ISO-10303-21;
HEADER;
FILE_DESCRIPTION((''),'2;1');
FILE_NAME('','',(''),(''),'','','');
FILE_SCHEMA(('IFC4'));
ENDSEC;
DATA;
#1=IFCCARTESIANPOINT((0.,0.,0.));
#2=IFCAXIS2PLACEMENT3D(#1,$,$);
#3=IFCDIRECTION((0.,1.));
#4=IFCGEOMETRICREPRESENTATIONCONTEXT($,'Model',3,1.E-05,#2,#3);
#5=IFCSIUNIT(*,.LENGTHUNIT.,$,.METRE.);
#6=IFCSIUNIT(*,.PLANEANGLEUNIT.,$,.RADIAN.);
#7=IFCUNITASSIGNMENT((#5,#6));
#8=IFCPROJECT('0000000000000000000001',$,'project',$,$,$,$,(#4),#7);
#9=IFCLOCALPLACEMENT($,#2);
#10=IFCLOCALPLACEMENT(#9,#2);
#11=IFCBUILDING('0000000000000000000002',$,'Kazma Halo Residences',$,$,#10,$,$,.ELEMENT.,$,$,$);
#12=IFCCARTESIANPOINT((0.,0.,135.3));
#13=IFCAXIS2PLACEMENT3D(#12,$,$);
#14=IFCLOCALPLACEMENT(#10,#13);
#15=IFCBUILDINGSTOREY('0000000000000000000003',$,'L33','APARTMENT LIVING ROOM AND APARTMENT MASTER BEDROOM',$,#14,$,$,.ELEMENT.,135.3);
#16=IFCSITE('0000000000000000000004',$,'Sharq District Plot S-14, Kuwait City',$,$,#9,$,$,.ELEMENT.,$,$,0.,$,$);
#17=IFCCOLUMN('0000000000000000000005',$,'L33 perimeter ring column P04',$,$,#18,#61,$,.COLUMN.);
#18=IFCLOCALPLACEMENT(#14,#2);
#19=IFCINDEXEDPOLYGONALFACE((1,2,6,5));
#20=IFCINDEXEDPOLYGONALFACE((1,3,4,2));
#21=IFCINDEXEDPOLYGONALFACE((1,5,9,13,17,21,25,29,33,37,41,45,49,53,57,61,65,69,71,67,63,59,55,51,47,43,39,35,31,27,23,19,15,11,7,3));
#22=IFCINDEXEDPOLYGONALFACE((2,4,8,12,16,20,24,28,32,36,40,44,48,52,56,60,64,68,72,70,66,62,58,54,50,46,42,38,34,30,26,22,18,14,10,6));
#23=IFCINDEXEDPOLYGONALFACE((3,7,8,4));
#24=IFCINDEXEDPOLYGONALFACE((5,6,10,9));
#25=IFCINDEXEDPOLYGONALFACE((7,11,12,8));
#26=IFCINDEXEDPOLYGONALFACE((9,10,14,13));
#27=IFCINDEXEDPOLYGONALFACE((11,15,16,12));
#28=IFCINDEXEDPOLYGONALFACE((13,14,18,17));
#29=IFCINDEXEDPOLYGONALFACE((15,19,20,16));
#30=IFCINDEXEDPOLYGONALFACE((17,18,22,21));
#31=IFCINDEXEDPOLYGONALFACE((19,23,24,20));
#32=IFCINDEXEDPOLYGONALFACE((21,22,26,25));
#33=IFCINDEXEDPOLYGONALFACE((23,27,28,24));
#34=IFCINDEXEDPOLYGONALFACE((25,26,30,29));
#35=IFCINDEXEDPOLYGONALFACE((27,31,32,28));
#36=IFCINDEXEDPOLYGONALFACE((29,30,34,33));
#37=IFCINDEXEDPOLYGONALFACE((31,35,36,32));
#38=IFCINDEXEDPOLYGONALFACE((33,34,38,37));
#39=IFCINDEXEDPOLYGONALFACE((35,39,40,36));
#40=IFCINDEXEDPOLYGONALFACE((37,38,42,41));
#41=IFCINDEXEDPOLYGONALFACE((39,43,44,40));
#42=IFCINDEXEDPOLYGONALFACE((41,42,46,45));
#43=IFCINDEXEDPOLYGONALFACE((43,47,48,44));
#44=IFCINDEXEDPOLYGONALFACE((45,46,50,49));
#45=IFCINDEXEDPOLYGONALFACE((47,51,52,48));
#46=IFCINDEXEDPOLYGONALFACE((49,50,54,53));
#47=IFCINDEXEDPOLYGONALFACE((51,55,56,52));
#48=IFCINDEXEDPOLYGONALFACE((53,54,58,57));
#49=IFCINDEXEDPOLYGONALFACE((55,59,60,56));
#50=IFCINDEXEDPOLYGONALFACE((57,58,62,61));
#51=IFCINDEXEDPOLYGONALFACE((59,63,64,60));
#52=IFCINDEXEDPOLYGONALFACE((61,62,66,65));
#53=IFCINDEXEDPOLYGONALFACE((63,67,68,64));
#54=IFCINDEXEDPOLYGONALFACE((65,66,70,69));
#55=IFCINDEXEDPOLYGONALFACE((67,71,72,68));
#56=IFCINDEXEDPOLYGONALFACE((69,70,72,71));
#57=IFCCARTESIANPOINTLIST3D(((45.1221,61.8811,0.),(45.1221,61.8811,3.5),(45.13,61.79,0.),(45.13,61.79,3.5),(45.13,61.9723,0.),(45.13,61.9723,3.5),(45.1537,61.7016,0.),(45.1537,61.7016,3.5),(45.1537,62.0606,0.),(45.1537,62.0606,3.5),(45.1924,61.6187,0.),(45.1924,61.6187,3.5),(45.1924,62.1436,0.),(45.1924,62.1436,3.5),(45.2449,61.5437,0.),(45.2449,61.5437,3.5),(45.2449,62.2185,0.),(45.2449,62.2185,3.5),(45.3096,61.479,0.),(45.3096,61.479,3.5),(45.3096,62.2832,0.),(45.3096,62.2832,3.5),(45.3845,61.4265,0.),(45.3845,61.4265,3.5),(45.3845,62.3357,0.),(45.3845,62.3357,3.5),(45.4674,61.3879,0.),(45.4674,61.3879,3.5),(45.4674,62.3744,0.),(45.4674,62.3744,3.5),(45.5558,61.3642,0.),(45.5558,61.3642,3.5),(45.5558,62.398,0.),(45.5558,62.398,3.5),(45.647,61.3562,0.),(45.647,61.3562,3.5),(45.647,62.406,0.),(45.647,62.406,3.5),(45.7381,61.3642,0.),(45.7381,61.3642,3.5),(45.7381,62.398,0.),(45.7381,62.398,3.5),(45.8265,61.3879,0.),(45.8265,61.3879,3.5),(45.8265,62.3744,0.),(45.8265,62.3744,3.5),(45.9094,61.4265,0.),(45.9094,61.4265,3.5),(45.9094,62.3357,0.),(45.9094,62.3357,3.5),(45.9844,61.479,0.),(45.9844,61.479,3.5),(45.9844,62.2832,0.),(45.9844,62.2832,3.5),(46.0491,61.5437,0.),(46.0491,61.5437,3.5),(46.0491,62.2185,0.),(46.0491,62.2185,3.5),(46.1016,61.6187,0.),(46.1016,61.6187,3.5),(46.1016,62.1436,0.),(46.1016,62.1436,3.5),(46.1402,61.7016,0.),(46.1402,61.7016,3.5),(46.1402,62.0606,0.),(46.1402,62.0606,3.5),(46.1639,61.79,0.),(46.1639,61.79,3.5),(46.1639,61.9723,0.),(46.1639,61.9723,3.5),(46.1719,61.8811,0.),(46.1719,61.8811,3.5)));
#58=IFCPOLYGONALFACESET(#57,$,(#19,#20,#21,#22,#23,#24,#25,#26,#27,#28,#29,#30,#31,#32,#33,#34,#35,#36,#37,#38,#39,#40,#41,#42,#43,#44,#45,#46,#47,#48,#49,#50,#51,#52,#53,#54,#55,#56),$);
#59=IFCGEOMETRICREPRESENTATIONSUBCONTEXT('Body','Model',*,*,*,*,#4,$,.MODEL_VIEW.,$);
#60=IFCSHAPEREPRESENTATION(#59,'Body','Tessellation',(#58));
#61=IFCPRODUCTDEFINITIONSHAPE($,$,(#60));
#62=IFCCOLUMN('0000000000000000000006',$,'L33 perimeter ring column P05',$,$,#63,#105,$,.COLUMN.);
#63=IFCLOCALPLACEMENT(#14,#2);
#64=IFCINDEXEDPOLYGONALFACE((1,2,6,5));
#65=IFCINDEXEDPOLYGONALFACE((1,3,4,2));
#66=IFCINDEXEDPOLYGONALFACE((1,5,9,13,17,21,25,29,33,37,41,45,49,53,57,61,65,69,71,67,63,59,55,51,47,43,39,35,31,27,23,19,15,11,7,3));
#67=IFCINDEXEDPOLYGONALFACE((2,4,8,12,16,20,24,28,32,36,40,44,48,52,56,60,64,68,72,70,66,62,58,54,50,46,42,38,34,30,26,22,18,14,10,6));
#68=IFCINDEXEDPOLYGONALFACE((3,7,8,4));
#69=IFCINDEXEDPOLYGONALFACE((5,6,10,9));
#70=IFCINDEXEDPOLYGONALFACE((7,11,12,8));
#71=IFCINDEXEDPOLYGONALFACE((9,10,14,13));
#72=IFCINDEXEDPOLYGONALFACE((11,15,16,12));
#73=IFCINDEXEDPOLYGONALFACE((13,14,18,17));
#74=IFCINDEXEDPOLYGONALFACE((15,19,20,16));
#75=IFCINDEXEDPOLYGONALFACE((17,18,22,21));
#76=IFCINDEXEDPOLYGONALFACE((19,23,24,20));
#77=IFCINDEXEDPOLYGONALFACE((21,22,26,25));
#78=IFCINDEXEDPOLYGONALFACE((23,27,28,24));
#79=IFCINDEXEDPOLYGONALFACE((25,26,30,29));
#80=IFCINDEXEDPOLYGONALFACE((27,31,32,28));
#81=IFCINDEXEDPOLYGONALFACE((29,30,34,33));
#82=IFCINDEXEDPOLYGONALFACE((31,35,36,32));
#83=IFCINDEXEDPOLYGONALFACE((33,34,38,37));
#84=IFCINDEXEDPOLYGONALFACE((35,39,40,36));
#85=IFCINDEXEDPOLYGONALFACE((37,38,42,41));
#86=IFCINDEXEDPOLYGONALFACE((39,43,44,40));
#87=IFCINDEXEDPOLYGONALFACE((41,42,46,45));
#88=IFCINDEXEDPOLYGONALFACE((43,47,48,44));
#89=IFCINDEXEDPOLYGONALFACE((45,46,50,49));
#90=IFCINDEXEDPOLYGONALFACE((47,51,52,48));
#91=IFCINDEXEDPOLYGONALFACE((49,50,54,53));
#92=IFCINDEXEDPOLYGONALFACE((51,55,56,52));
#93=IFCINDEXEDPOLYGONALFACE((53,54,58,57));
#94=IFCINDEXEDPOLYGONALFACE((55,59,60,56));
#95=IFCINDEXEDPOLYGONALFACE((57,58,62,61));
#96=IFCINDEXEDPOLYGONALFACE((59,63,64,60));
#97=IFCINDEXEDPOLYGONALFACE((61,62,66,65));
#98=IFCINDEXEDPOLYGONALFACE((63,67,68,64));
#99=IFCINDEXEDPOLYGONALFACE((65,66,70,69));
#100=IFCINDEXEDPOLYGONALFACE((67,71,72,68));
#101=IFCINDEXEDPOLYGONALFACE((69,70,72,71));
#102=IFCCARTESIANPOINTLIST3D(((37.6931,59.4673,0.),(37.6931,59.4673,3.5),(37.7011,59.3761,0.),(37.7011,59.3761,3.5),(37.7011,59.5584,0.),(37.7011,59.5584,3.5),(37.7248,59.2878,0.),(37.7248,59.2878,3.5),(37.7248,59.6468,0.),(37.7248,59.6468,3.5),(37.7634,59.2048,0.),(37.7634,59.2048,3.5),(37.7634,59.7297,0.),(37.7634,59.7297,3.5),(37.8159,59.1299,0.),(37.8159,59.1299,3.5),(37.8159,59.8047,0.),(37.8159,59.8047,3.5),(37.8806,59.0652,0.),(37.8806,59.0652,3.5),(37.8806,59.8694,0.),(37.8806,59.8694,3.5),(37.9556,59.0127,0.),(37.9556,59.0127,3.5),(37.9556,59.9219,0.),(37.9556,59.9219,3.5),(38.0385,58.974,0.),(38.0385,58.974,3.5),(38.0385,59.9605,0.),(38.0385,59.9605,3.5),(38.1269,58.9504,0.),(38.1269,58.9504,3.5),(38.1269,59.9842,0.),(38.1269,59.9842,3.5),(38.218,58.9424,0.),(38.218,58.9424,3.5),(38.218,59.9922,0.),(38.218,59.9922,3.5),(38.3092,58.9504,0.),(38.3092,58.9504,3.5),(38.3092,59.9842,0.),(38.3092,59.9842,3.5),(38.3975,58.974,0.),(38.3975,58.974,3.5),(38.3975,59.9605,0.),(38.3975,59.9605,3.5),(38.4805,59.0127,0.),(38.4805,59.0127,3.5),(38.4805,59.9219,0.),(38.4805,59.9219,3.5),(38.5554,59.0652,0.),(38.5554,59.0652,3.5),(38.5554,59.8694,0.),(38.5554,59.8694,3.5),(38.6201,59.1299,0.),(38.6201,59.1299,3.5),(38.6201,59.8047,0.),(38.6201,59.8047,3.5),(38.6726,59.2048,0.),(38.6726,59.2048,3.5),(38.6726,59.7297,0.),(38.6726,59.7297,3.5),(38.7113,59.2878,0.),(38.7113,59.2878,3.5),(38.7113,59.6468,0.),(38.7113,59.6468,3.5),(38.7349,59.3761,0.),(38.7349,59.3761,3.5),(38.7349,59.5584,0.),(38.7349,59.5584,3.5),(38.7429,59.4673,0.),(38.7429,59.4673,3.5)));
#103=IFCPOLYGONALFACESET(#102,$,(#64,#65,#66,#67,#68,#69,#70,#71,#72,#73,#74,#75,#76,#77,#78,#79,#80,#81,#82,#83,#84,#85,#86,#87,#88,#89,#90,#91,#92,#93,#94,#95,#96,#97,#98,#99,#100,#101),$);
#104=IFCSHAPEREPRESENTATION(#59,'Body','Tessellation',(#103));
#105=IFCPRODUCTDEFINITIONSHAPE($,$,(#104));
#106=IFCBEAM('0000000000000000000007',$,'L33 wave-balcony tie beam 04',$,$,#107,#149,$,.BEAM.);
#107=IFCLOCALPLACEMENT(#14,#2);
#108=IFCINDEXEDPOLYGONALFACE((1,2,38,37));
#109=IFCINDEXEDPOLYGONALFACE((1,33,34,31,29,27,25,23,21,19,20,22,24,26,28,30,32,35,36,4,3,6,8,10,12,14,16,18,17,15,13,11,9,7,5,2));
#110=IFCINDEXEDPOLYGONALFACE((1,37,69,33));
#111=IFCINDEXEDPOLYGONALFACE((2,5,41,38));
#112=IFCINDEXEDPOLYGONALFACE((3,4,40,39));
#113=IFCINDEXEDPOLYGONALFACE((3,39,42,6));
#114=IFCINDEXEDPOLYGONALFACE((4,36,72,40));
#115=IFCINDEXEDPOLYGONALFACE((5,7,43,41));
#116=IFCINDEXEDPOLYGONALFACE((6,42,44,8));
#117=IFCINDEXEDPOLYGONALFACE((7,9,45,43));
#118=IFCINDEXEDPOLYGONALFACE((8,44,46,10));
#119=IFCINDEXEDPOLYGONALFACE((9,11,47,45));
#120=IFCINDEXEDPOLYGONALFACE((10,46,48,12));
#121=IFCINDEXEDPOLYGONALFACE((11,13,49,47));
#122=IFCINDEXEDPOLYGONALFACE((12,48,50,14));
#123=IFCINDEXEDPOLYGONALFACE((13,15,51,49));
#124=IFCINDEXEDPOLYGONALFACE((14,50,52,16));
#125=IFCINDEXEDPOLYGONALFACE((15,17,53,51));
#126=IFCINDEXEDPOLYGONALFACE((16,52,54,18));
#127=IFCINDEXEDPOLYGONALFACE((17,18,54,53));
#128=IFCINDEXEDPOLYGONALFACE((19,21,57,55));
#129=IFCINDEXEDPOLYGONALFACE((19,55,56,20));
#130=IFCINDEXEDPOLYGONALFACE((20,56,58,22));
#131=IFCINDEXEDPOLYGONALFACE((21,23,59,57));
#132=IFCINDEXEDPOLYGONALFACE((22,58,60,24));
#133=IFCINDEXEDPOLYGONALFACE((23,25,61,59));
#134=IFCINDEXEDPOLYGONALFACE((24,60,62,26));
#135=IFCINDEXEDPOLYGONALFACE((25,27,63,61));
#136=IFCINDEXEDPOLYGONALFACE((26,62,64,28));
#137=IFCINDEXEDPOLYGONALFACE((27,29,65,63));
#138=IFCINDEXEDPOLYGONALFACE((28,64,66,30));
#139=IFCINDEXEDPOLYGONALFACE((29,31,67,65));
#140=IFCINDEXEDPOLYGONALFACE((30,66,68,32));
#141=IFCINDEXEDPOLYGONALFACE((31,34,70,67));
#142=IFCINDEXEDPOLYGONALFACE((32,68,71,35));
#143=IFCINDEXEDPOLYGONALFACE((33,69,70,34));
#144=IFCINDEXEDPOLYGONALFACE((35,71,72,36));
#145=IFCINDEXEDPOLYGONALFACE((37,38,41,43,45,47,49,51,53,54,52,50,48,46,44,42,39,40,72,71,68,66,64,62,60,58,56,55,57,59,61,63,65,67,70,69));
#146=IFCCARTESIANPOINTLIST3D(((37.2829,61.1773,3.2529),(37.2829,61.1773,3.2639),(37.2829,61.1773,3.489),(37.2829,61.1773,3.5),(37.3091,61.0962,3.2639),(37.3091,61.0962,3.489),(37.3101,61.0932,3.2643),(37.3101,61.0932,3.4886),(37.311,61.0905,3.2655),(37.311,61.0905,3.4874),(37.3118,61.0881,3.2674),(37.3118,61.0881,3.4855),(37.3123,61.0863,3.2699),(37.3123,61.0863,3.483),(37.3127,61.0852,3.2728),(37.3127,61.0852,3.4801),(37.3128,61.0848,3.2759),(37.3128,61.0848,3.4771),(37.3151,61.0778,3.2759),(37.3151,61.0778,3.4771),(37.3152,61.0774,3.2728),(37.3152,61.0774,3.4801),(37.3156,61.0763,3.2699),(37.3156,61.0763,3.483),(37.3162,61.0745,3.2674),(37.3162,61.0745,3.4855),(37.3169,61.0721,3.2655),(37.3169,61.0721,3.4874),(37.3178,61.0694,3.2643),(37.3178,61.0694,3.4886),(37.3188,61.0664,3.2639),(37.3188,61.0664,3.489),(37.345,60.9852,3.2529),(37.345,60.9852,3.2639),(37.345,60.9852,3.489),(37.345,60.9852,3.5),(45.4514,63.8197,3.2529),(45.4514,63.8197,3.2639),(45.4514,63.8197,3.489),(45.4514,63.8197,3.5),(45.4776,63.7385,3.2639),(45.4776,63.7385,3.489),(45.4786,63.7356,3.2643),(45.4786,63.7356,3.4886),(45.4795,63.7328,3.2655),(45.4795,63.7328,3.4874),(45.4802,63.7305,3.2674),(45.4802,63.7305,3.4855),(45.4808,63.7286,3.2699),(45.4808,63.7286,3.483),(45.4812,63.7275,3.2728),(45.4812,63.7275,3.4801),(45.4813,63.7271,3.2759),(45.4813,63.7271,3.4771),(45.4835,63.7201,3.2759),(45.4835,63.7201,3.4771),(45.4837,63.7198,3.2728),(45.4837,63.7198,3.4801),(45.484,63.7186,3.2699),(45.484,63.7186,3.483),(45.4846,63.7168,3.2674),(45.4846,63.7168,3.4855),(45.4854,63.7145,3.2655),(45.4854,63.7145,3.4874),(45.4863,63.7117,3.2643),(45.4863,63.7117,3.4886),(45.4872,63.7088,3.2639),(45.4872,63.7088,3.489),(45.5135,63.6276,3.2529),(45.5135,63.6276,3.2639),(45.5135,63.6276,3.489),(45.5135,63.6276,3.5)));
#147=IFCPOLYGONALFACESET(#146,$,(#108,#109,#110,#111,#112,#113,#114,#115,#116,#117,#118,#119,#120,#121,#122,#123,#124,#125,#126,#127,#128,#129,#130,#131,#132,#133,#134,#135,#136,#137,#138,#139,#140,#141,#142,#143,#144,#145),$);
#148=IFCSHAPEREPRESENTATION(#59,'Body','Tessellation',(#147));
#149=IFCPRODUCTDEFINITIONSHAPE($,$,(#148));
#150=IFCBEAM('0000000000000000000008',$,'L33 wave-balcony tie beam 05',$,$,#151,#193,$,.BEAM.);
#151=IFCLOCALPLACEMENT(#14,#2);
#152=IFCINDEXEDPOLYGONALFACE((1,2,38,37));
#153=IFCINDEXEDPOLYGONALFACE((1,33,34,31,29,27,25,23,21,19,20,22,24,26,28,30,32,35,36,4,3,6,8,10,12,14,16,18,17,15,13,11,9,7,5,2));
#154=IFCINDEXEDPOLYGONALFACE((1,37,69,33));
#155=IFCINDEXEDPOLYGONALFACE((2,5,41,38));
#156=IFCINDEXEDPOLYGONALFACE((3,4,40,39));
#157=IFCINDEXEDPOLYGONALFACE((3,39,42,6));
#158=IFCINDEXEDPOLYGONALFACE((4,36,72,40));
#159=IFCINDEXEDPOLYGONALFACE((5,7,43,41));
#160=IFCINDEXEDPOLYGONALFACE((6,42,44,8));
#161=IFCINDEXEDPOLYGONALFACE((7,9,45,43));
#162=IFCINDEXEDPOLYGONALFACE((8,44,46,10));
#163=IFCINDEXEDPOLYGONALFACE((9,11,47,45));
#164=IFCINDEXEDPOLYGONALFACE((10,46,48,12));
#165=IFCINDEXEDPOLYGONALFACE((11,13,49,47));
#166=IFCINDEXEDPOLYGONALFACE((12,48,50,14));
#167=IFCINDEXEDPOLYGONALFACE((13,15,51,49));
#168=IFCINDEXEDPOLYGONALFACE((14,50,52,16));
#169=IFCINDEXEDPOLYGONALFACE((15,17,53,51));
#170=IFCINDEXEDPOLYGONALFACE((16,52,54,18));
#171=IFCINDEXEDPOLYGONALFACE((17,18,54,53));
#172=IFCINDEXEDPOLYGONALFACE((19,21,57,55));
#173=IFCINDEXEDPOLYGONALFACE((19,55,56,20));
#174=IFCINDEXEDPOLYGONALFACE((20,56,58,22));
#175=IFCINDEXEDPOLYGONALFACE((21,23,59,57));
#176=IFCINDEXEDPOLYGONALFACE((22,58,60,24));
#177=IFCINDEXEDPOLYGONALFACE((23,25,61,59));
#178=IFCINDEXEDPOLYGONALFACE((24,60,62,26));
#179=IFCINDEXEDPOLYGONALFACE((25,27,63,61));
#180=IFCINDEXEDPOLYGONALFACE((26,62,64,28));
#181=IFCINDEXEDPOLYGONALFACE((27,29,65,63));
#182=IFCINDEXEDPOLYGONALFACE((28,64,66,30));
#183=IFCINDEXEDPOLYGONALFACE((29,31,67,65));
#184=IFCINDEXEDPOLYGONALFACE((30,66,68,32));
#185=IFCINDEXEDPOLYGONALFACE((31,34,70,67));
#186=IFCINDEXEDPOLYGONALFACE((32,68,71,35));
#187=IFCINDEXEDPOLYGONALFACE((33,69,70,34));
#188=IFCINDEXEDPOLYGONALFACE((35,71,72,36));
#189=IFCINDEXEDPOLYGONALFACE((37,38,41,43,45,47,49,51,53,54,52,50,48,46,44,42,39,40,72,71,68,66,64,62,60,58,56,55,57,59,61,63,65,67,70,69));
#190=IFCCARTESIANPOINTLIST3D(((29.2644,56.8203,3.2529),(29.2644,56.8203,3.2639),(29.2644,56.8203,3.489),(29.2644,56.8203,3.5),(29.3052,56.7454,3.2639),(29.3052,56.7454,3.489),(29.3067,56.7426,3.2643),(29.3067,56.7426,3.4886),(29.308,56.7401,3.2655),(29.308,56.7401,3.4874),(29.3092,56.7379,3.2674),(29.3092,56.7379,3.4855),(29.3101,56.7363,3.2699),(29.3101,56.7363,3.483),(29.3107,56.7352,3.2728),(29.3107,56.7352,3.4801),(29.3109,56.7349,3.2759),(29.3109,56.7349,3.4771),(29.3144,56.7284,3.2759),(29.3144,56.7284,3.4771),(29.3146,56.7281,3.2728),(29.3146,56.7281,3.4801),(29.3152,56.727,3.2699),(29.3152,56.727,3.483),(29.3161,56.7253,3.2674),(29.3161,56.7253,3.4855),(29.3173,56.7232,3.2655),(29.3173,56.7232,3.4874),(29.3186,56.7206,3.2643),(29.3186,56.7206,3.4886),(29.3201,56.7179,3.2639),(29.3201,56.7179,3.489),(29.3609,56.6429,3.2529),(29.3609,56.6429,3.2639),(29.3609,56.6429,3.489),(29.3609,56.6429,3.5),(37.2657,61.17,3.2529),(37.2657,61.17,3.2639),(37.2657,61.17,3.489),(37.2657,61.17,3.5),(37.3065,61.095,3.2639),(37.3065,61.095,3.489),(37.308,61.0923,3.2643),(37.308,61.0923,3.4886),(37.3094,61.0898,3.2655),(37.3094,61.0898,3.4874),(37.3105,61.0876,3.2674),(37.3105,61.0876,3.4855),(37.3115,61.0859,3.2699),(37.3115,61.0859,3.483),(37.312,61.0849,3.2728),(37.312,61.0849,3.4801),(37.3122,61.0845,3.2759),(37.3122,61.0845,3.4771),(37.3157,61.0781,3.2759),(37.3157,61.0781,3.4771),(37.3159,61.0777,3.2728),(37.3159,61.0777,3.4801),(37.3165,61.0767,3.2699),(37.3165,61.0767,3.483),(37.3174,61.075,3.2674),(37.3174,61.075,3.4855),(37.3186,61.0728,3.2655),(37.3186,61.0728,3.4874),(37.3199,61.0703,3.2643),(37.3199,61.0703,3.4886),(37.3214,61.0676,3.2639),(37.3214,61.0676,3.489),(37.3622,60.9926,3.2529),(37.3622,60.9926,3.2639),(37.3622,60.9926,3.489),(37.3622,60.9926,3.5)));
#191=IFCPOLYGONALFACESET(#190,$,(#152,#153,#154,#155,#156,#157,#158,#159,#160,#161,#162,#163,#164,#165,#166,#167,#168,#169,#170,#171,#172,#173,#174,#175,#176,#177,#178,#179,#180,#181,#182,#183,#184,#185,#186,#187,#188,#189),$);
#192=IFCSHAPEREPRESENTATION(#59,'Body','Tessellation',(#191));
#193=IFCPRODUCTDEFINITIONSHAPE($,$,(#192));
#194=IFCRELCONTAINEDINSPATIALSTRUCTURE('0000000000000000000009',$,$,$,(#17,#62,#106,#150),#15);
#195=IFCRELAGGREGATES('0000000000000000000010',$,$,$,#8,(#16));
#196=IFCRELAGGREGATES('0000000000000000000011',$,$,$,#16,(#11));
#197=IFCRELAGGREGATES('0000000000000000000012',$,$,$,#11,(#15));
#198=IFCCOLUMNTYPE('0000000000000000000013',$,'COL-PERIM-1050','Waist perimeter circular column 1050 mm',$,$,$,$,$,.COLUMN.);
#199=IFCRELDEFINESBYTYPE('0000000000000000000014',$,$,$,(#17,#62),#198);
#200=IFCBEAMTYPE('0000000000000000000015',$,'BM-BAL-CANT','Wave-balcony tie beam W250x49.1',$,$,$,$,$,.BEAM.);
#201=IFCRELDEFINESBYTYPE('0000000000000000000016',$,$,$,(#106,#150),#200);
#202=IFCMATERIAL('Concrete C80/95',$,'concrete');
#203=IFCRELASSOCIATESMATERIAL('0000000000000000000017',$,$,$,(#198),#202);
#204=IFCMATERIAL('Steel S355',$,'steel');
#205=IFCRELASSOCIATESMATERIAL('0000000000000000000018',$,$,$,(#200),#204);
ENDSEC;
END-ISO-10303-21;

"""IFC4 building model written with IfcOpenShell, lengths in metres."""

from ifc_helpers import new_model, si_unit, direction, frame, origin, origin_2d, place, context, subcontext, project, spatial, circle, i_section, extrude, material, material_profile, profile_set, type_object, element, save


model = new_model("IFC4")

# Units and contexts
model_context = context("Model", 3, precision=1e-05, world=origin(), true_north=direction((0.0, 1.0)))
body_context = subcontext(model_context, "Body", "Model", "MODEL_VIEW")
ifc_project = project(units=[si_unit("LENGTHUNIT", "METRE"), si_unit("PLANEANGLEUNIT", "RADIAN")], contexts=[model_context])

# Site, building, storey
site_placement = place(None, origin())
site = spatial("IfcSite", under=ifc_project, at=site_placement, Name="Sharq District Plot S-14, Kuwait City", CompositionType="ELEMENT", RefElevation=0.0)
building_placement = place(site_placement, origin())
building = spatial("IfcBuilding", under=site, at=building_placement, Name="Kazma Halo Residences", CompositionType="ELEMENT")
storey_placement = place(building_placement, frame((0.0, 0.0, 135.3)))
storey = spatial("IfcBuildingStorey", under=building, at=storey_placement, Name="L33", Description="APARTMENT LIVING ROOM AND APARTMENT MASTER BEDROOM", CompositionType="ELEMENT", Elevation=135.3)

# Columns
ifc_material_1 = material(Name="Concrete C80/95", Category="concrete")
ifc_material_profile_1 = material_profile(ifc_material_1, circle(Radius=0.5249, at=origin_2d()), Name="CIRC1050")
ifc_profile_set_1 = profile_set([ifc_material_profile_1], Name="Concrete C80/95")
column_type = type_object("IfcColumnType", Name="COL-PERIM-1050", Description="Waist perimeter circular column 1050 mm", PredefinedType="COLUMN", material=ifc_profile_set_1)
for number, where, z_axis, x_axis, name in (
    (1, (45.647, 61.8811, 0.0), (0.0, 0.0, 1.0), (1.0, 0.0, 0.0), "L33 perimeter ring column P04"),
    (2, (38.218, 59.4673, 0.0), (0.0, 0.0, 1.0), (1.0, 0.0, 0.0), "L33 perimeter ring column P05"),
):
    element("IfcColumn", number, at=place(storey_placement, frame(where, z_axis=z_axis, x_axis=x_axis)), inside=storey, type_object=column_type, Name=name, PredefinedType="COLUMN", context=body_context, shape_type="SweptSolid", body=[
        extrude(circle(Radius=0.5249, at=origin_2d()), origin(), (0.0, 0.0, 1.0), 3.5),
    ])

# Beams
ifc_material_2 = material(Name="Steel S355", Category="steel")
ifc_material_profile_2 = material_profile(ifc_material_2, i_section(OverallWidth=0.2019, OverallDepth=0.2471, WebThickness=0.0073, FlangeThickness=0.011, FilletRadius=0.012, at=origin_2d()), Name="W250x49.1")
ifc_profile_set_2 = profile_set([ifc_material_profile_2], Name="Steel S355")
beam_type_1 = type_object("IfcBeamType", Name="BM-BAL-CANT", Description="Wave-balcony tie beam W250x49.1", PredefinedType="BEAM", material=ifc_profile_set_2)
beam_1_placement = place(storey_placement, frame((45.4824, 63.7236, 3.3765), z_axis=(-0.951458, -0.307778, 0.0), x_axis=(0.307778, -0.951458, 0.0)))
element("IfcBeam", 3, at=beam_1_placement, inside=storey, type_object=beam_type_1, Name="L33 wave-balcony tie beam 04", PredefinedType="BEAM", context=body_context, shape_type="SweptSolid", body=[
    extrude(i_section(OverallWidth=0.2019, OverallDepth=0.2471, WebThickness=0.0073, FlangeThickness=0.011, FilletRadius=0.012, at=origin_2d()), origin(), (0.0, 0.0, 1.0), 8.5852),
])
beam_2_placement = place(storey_placement, frame((37.314, 61.0813, 3.3765), z_axis=(-0.878573, -0.477608, 0.0), x_axis=(0.477608, -0.878573, 0.0)))
element("IfcBeam", 4, at=beam_2_placement, inside=storey, type_object=beam_type_1, Name="L33 wave-balcony tie beam 05", PredefinedType="BEAM", context=body_context, shape_type="SweptSolid", body=[
    extrude(i_section(OverallWidth=0.2019, OverallDepth=0.2471, WebThickness=0.0073, FlangeThickness=0.011, FilletRadius=0.012, at=origin_2d()), origin(), (0.0, 0.0, 1.0), 9.1072),
])

save(model, "model.ifc")
